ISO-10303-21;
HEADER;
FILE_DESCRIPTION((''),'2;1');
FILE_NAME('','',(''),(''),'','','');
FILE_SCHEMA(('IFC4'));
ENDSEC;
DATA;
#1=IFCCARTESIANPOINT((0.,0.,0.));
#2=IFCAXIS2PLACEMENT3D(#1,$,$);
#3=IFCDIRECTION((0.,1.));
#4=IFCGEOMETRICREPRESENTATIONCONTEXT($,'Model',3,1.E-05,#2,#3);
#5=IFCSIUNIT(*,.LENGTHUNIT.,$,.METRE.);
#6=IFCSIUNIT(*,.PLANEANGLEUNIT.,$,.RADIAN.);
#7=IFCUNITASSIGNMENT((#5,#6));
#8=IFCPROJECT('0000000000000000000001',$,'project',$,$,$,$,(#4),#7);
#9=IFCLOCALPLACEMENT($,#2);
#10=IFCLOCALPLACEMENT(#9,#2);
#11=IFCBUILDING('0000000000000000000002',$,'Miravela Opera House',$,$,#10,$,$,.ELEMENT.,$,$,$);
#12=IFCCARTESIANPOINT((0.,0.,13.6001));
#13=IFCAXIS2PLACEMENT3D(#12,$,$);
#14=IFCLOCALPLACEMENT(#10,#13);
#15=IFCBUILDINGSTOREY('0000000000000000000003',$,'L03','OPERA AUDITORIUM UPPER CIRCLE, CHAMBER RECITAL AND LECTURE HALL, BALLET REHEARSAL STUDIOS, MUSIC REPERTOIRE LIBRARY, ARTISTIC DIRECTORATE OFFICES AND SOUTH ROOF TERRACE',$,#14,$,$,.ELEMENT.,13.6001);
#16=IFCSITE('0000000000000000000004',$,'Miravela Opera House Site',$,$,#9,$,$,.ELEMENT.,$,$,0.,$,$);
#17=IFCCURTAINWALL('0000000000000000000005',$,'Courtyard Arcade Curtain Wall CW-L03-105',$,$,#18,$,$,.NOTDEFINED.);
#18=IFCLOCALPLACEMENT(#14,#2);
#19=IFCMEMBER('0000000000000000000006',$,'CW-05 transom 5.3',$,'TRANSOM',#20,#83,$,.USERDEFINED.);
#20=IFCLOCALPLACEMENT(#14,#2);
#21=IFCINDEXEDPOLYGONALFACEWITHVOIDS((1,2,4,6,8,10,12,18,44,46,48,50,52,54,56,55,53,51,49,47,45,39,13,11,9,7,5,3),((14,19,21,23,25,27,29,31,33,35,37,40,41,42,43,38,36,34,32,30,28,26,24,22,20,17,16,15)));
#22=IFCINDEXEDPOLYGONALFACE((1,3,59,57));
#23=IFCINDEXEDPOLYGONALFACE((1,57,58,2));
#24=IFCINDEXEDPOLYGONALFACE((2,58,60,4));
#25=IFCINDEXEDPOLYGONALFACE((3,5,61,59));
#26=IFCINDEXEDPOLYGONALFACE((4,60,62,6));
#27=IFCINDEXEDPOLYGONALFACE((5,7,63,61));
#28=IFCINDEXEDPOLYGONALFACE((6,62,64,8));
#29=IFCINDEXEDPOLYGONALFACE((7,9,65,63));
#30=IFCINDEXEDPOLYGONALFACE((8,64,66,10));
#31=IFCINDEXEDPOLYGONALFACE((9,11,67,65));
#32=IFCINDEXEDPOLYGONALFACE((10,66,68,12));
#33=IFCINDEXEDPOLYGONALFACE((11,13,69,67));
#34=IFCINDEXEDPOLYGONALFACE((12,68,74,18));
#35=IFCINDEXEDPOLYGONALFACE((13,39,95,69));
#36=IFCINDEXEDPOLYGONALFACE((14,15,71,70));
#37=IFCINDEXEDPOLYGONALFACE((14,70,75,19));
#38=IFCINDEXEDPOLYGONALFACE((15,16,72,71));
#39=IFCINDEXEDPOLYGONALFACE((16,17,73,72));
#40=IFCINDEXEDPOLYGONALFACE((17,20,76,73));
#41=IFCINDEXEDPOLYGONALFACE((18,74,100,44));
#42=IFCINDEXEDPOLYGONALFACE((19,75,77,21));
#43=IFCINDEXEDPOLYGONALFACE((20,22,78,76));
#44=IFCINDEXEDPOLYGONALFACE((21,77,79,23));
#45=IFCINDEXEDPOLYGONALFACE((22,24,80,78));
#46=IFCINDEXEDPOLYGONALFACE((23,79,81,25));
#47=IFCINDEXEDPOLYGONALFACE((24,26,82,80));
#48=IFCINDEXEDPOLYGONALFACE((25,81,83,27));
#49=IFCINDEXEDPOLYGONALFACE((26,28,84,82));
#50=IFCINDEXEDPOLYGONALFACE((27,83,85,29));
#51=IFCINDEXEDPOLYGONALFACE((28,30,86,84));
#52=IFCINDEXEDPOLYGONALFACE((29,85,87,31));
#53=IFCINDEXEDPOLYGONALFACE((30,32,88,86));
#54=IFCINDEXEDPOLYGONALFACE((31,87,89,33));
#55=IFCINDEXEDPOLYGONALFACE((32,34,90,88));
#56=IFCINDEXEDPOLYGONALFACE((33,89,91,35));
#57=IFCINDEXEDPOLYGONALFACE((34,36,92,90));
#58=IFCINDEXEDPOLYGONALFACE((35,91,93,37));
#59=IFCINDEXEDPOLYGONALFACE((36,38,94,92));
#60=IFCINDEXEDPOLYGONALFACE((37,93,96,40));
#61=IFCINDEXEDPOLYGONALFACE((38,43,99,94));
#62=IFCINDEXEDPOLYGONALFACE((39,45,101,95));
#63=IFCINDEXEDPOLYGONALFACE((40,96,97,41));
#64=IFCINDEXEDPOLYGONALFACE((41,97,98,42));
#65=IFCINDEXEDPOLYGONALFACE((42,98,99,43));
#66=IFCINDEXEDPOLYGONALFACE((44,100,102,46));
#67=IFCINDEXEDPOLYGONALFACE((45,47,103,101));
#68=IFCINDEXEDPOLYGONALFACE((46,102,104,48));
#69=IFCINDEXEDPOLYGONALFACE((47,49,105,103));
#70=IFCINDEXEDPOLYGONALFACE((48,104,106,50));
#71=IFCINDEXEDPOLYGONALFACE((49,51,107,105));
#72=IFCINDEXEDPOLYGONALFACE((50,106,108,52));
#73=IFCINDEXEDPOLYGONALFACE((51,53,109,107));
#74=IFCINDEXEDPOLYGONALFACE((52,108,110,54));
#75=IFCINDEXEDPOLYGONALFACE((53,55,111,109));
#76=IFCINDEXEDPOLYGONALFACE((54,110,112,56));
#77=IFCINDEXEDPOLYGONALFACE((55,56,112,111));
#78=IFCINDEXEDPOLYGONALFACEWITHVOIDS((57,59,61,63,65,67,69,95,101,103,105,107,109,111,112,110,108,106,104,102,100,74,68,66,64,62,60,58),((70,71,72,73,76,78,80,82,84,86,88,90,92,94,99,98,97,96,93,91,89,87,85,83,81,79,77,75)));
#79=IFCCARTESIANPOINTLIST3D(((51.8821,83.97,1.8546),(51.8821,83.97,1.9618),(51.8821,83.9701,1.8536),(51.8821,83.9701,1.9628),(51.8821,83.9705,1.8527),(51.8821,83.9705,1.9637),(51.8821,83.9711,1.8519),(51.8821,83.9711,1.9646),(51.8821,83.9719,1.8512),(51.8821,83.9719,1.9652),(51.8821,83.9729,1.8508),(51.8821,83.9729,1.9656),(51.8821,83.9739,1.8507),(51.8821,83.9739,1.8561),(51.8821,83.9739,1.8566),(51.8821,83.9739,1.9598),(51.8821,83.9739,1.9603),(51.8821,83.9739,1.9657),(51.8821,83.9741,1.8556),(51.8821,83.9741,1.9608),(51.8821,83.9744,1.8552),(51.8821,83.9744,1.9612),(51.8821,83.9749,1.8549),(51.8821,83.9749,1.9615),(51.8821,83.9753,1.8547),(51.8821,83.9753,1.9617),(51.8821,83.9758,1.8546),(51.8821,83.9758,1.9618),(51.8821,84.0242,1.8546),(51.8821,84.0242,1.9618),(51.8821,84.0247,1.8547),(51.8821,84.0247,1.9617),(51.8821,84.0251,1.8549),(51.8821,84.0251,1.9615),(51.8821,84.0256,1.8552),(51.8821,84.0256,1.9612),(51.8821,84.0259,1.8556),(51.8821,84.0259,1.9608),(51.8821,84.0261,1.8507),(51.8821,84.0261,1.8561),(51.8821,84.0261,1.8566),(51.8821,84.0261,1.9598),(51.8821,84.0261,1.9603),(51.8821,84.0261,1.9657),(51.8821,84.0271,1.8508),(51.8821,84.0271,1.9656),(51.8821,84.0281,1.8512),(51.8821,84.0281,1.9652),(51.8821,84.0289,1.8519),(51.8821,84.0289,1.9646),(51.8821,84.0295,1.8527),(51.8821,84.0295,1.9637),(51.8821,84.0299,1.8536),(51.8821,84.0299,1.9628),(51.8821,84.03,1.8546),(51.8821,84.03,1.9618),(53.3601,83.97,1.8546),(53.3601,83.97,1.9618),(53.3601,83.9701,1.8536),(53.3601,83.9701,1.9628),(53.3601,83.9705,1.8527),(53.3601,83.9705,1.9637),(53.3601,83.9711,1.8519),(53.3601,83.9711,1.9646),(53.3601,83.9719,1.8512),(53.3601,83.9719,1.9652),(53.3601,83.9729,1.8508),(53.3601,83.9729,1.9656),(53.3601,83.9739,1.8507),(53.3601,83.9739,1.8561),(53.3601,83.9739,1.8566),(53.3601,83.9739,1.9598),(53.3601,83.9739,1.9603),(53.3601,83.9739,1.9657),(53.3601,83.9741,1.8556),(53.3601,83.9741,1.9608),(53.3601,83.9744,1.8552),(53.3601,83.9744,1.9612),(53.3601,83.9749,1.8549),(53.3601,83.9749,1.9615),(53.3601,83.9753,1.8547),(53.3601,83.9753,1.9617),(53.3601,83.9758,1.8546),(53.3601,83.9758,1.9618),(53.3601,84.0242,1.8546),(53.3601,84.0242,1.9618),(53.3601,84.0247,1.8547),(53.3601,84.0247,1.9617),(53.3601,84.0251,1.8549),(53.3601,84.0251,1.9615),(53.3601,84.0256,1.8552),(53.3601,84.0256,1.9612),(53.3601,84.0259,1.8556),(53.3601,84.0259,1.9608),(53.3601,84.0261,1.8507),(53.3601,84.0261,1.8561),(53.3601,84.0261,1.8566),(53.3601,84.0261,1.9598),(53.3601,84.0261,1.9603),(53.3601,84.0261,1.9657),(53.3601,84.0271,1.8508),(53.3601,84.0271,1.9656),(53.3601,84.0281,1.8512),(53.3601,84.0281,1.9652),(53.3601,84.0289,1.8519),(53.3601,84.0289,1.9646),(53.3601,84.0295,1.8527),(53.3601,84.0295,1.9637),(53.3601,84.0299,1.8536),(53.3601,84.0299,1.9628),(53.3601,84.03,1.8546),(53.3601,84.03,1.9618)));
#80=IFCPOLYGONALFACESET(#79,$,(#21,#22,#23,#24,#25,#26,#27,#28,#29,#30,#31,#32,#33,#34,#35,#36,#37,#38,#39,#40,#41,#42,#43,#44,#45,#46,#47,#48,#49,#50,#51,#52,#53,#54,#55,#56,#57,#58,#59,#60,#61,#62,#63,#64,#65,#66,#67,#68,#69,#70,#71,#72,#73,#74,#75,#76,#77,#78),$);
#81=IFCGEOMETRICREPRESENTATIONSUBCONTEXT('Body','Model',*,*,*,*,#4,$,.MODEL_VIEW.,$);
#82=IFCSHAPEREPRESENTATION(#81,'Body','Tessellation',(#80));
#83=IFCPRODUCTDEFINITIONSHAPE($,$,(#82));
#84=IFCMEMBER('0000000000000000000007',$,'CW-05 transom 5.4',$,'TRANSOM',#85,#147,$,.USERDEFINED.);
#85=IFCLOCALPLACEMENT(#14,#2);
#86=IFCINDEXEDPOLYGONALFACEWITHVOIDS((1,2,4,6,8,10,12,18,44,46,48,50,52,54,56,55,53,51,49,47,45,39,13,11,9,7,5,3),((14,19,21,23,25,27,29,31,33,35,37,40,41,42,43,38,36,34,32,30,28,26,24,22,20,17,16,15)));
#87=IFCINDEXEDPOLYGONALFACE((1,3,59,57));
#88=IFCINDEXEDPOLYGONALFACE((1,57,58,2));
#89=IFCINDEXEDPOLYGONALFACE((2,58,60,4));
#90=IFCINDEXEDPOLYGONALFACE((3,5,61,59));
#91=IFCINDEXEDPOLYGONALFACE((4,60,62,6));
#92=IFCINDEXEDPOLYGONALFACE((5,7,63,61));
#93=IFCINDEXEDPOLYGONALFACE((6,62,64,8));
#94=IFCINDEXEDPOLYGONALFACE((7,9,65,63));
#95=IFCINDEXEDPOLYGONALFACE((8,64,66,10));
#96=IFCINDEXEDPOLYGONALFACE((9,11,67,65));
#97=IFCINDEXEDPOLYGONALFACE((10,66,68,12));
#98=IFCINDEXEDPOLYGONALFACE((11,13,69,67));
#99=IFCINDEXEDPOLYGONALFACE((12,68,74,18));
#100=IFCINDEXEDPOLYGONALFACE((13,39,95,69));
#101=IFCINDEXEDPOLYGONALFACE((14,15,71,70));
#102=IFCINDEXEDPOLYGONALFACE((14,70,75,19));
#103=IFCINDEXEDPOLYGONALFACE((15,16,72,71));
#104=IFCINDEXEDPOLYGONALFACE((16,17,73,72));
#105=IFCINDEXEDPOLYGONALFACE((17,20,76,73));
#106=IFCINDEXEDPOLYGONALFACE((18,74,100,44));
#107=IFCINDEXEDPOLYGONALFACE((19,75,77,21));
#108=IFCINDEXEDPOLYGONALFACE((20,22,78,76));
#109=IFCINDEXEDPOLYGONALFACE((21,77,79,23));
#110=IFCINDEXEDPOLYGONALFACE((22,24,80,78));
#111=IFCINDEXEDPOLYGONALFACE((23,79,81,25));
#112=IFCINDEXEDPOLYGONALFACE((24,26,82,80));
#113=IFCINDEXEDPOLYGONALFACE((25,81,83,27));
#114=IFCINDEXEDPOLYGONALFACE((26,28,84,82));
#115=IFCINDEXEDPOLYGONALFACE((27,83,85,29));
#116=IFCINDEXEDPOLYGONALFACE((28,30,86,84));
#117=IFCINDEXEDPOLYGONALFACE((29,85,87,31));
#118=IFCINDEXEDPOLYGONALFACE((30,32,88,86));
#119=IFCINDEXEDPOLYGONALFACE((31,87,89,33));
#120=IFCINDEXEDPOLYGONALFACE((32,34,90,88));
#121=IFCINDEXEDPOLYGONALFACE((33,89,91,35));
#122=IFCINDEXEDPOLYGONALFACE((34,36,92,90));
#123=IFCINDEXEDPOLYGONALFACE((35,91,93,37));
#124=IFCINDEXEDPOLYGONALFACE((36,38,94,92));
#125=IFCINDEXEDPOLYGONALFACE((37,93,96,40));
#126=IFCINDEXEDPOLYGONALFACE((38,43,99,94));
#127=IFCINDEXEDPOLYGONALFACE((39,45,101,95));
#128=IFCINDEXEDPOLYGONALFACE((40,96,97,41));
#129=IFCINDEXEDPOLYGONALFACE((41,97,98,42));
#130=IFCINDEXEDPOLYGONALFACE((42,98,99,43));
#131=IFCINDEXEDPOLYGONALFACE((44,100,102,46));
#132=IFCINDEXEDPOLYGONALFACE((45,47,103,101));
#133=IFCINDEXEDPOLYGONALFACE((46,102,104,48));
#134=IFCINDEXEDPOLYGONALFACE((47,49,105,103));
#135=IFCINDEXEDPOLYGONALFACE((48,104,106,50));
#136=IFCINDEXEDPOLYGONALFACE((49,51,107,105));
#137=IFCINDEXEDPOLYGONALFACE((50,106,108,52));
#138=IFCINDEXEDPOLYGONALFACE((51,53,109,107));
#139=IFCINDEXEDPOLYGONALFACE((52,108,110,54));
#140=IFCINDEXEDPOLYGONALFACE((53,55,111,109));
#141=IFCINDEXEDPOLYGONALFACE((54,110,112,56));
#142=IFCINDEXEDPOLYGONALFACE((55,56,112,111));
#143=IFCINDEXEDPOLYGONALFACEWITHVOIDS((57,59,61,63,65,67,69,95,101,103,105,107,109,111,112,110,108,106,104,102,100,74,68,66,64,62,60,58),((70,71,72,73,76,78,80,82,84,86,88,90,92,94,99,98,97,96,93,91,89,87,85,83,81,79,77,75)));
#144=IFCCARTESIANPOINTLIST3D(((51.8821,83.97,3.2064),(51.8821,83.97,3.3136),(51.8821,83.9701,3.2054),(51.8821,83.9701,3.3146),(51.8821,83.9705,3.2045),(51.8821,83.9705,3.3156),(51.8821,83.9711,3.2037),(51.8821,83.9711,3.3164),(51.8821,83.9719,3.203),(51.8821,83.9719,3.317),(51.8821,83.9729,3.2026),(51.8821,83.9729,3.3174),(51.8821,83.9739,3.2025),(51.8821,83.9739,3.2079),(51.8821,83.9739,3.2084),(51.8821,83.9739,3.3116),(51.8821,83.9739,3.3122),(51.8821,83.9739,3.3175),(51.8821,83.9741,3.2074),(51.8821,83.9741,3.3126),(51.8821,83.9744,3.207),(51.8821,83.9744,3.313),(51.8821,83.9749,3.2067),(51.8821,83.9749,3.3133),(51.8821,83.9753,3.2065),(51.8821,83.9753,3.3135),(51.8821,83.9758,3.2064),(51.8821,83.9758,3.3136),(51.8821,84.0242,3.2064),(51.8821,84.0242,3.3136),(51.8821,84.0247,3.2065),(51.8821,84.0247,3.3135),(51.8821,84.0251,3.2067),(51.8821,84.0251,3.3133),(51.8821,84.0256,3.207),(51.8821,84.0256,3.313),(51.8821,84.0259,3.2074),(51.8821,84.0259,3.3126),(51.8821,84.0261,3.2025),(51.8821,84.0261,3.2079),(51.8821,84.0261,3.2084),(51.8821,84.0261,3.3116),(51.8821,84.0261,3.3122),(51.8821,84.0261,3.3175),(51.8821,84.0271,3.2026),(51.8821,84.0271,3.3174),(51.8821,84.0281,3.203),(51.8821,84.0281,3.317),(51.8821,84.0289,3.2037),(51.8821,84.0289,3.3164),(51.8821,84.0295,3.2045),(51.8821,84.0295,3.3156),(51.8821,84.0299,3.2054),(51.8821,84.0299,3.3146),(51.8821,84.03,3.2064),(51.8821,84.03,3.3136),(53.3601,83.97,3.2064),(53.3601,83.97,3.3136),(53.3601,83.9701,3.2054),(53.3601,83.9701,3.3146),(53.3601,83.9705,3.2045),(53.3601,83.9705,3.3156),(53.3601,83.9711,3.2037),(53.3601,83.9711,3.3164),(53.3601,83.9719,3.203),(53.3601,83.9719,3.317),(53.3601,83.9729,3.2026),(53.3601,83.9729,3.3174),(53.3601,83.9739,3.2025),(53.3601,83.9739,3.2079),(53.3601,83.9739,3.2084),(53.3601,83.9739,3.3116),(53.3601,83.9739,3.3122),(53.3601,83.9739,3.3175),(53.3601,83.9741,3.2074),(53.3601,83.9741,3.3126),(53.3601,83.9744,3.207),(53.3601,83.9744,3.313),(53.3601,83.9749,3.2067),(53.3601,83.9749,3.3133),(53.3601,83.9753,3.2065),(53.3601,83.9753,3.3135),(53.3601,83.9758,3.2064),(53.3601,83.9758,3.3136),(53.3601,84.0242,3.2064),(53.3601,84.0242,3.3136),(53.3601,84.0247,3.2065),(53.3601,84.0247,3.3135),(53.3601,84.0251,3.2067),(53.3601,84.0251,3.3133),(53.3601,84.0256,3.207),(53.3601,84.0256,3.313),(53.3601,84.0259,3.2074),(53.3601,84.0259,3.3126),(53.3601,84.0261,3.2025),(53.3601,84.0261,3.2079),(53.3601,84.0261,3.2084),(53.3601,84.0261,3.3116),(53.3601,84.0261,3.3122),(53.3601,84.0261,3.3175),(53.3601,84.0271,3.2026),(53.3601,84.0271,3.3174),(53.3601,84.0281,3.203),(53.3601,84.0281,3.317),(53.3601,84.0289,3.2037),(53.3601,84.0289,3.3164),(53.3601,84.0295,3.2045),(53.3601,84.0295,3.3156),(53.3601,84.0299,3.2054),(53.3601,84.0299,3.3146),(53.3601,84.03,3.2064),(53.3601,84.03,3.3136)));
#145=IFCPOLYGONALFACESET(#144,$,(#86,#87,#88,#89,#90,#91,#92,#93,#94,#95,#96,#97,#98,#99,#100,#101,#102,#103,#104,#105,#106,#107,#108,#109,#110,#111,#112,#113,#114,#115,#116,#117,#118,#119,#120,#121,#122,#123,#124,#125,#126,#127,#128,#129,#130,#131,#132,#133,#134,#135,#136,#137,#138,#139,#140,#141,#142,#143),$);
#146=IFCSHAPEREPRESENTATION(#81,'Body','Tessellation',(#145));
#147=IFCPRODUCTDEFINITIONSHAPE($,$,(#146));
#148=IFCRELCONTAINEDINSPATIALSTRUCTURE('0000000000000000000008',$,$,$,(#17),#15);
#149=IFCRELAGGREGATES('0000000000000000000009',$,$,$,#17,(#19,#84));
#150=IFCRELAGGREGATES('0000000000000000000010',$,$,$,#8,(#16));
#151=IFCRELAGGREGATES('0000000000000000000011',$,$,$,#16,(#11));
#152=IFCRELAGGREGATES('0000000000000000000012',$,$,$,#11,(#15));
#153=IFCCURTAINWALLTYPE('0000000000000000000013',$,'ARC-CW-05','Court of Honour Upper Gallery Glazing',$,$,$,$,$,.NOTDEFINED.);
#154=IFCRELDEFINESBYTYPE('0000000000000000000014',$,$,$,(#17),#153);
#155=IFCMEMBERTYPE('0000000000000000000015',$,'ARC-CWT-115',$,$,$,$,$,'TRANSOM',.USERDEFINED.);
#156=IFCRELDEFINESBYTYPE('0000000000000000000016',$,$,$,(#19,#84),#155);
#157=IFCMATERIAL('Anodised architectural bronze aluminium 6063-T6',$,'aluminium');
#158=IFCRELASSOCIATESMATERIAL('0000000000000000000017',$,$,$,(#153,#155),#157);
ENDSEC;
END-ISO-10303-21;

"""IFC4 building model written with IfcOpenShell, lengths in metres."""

from ifc_helpers import new_model, si_unit, direction, frame, origin, origin_2d, place, context, subcontext, project, spatial, hollow_rectangle, extrude, material, material_profile, profile_set, type_object, element, aggregate, save


model = new_model("IFC4")

# Units and contexts
model_context = context("Model", 3, precision=1e-05, world=origin(), true_north=direction((0.0, 1.0)))
body_context = subcontext(model_context, "Body", "Model", "MODEL_VIEW")
ifc_project = project(units=[si_unit("LENGTHUNIT", "METRE"), si_unit("PLANEANGLEUNIT", "RADIAN")], contexts=[model_context])

# Site, building, storey
site_placement = place(None, origin())
site = spatial("IfcSite", under=ifc_project, at=site_placement, Name="Miravela Opera House Site", CompositionType="ELEMENT", RefElevation=0.0)
building_placement = place(site_placement, origin())
building = spatial("IfcBuilding", under=site, at=building_placement, Name="Miravela Opera House", CompositionType="ELEMENT")
storey_placement = place(building_placement, frame((0.0, 0.0, 13.6001)))
storey = spatial("IfcBuildingStorey", under=building, at=storey_placement, Name="L03", Description="OPERA AUDITORIUM UPPER CIRCLE, CHAMBER RECITAL AND LECTURE HALL, BALLET REHEARSAL STUDIOS, MUSIC REPERTOIRE LIBRARY, ARTISTIC DIRECTORATE OFFICES AND SOUTH ROOF TERRACE", CompositionType="ELEMENT", Elevation=13.6001)

# Curtain wall
ifc_material_1 = material(Name="Anodised architectural bronze aluminium 6063-T6", Category="aluminium")
curtain_wall_type = type_object("IfcCurtainWallType", Name="ARC-CW-05", Description="Court of Honour Upper Gallery Glazing", PredefinedType="NOTDEFINED", material=ifc_material_1)
curtain_wall_1_placement = place(storey_placement, origin())
curtain_wall_1 = element("IfcCurtainWall", 1, at=curtain_wall_1_placement, inside=storey, type_object=curtain_wall_type, Name="Courtyard Arcade Curtain Wall CW-L03-105", PredefinedType="NOTDEFINED")

# Members
ifc_material_profile_1 = material_profile(ifc_material_1, hollow_rectangle(XDim=0.0601, YDim=0.115, WallThickness=0.0039, InnerFilletRadius=0.002, OuterFilletRadius=0.0039, at=origin_2d()), Name="CWT-60X115")
ifc_profile_set_1 = profile_set([ifc_material_profile_1])
member_type_1 = type_object("IfcMemberType", Name="ARC-CWT-115", ElementType="TRANSOM", PredefinedType="USERDEFINED", material=ifc_profile_set_1)
member_1_placement = place(storey_placement, frame((51.8821, 84.0, 1.9082), z_axis=(1.0, 0.0, 0.0), x_axis=(0.0, 1.0, 0.0)))
member_1 = element("IfcMember", 2, at=member_1_placement, type_object=member_type_1, Name="CW-05 transom 5.3", ObjectType="TRANSOM", PredefinedType="USERDEFINED", context=body_context, shape_type="SweptSolid", body=[
    extrude(hollow_rectangle(XDim=0.0601, YDim=0.115, WallThickness=0.0039, InnerFilletRadius=0.002, OuterFilletRadius=0.0039, at=origin_2d()), origin(), (0.0, 0.0, 1.0), 1.478),
])
member_2_placement = place(storey_placement, frame((51.8821, 84.0, 3.26), z_axis=(1.0, 0.0, 0.0), x_axis=(0.0, 1.0, 0.0)))
member_2 = element("IfcMember", 3, at=member_2_placement, type_object=member_type_1, Name="CW-05 transom 5.4", ObjectType="TRANSOM", PredefinedType="USERDEFINED", context=body_context, shape_type="SweptSolid", body=[
    extrude(hollow_rectangle(XDim=0.0601, YDim=0.115, WallThickness=0.0039, InnerFilletRadius=0.002, OuterFilletRadius=0.0039, at=origin_2d()), origin(), (0.0, 0.0, 1.0), 1.478),
])

aggregate(curtain_wall_1, [member_1, member_2])

save(model, "model.ifc")
